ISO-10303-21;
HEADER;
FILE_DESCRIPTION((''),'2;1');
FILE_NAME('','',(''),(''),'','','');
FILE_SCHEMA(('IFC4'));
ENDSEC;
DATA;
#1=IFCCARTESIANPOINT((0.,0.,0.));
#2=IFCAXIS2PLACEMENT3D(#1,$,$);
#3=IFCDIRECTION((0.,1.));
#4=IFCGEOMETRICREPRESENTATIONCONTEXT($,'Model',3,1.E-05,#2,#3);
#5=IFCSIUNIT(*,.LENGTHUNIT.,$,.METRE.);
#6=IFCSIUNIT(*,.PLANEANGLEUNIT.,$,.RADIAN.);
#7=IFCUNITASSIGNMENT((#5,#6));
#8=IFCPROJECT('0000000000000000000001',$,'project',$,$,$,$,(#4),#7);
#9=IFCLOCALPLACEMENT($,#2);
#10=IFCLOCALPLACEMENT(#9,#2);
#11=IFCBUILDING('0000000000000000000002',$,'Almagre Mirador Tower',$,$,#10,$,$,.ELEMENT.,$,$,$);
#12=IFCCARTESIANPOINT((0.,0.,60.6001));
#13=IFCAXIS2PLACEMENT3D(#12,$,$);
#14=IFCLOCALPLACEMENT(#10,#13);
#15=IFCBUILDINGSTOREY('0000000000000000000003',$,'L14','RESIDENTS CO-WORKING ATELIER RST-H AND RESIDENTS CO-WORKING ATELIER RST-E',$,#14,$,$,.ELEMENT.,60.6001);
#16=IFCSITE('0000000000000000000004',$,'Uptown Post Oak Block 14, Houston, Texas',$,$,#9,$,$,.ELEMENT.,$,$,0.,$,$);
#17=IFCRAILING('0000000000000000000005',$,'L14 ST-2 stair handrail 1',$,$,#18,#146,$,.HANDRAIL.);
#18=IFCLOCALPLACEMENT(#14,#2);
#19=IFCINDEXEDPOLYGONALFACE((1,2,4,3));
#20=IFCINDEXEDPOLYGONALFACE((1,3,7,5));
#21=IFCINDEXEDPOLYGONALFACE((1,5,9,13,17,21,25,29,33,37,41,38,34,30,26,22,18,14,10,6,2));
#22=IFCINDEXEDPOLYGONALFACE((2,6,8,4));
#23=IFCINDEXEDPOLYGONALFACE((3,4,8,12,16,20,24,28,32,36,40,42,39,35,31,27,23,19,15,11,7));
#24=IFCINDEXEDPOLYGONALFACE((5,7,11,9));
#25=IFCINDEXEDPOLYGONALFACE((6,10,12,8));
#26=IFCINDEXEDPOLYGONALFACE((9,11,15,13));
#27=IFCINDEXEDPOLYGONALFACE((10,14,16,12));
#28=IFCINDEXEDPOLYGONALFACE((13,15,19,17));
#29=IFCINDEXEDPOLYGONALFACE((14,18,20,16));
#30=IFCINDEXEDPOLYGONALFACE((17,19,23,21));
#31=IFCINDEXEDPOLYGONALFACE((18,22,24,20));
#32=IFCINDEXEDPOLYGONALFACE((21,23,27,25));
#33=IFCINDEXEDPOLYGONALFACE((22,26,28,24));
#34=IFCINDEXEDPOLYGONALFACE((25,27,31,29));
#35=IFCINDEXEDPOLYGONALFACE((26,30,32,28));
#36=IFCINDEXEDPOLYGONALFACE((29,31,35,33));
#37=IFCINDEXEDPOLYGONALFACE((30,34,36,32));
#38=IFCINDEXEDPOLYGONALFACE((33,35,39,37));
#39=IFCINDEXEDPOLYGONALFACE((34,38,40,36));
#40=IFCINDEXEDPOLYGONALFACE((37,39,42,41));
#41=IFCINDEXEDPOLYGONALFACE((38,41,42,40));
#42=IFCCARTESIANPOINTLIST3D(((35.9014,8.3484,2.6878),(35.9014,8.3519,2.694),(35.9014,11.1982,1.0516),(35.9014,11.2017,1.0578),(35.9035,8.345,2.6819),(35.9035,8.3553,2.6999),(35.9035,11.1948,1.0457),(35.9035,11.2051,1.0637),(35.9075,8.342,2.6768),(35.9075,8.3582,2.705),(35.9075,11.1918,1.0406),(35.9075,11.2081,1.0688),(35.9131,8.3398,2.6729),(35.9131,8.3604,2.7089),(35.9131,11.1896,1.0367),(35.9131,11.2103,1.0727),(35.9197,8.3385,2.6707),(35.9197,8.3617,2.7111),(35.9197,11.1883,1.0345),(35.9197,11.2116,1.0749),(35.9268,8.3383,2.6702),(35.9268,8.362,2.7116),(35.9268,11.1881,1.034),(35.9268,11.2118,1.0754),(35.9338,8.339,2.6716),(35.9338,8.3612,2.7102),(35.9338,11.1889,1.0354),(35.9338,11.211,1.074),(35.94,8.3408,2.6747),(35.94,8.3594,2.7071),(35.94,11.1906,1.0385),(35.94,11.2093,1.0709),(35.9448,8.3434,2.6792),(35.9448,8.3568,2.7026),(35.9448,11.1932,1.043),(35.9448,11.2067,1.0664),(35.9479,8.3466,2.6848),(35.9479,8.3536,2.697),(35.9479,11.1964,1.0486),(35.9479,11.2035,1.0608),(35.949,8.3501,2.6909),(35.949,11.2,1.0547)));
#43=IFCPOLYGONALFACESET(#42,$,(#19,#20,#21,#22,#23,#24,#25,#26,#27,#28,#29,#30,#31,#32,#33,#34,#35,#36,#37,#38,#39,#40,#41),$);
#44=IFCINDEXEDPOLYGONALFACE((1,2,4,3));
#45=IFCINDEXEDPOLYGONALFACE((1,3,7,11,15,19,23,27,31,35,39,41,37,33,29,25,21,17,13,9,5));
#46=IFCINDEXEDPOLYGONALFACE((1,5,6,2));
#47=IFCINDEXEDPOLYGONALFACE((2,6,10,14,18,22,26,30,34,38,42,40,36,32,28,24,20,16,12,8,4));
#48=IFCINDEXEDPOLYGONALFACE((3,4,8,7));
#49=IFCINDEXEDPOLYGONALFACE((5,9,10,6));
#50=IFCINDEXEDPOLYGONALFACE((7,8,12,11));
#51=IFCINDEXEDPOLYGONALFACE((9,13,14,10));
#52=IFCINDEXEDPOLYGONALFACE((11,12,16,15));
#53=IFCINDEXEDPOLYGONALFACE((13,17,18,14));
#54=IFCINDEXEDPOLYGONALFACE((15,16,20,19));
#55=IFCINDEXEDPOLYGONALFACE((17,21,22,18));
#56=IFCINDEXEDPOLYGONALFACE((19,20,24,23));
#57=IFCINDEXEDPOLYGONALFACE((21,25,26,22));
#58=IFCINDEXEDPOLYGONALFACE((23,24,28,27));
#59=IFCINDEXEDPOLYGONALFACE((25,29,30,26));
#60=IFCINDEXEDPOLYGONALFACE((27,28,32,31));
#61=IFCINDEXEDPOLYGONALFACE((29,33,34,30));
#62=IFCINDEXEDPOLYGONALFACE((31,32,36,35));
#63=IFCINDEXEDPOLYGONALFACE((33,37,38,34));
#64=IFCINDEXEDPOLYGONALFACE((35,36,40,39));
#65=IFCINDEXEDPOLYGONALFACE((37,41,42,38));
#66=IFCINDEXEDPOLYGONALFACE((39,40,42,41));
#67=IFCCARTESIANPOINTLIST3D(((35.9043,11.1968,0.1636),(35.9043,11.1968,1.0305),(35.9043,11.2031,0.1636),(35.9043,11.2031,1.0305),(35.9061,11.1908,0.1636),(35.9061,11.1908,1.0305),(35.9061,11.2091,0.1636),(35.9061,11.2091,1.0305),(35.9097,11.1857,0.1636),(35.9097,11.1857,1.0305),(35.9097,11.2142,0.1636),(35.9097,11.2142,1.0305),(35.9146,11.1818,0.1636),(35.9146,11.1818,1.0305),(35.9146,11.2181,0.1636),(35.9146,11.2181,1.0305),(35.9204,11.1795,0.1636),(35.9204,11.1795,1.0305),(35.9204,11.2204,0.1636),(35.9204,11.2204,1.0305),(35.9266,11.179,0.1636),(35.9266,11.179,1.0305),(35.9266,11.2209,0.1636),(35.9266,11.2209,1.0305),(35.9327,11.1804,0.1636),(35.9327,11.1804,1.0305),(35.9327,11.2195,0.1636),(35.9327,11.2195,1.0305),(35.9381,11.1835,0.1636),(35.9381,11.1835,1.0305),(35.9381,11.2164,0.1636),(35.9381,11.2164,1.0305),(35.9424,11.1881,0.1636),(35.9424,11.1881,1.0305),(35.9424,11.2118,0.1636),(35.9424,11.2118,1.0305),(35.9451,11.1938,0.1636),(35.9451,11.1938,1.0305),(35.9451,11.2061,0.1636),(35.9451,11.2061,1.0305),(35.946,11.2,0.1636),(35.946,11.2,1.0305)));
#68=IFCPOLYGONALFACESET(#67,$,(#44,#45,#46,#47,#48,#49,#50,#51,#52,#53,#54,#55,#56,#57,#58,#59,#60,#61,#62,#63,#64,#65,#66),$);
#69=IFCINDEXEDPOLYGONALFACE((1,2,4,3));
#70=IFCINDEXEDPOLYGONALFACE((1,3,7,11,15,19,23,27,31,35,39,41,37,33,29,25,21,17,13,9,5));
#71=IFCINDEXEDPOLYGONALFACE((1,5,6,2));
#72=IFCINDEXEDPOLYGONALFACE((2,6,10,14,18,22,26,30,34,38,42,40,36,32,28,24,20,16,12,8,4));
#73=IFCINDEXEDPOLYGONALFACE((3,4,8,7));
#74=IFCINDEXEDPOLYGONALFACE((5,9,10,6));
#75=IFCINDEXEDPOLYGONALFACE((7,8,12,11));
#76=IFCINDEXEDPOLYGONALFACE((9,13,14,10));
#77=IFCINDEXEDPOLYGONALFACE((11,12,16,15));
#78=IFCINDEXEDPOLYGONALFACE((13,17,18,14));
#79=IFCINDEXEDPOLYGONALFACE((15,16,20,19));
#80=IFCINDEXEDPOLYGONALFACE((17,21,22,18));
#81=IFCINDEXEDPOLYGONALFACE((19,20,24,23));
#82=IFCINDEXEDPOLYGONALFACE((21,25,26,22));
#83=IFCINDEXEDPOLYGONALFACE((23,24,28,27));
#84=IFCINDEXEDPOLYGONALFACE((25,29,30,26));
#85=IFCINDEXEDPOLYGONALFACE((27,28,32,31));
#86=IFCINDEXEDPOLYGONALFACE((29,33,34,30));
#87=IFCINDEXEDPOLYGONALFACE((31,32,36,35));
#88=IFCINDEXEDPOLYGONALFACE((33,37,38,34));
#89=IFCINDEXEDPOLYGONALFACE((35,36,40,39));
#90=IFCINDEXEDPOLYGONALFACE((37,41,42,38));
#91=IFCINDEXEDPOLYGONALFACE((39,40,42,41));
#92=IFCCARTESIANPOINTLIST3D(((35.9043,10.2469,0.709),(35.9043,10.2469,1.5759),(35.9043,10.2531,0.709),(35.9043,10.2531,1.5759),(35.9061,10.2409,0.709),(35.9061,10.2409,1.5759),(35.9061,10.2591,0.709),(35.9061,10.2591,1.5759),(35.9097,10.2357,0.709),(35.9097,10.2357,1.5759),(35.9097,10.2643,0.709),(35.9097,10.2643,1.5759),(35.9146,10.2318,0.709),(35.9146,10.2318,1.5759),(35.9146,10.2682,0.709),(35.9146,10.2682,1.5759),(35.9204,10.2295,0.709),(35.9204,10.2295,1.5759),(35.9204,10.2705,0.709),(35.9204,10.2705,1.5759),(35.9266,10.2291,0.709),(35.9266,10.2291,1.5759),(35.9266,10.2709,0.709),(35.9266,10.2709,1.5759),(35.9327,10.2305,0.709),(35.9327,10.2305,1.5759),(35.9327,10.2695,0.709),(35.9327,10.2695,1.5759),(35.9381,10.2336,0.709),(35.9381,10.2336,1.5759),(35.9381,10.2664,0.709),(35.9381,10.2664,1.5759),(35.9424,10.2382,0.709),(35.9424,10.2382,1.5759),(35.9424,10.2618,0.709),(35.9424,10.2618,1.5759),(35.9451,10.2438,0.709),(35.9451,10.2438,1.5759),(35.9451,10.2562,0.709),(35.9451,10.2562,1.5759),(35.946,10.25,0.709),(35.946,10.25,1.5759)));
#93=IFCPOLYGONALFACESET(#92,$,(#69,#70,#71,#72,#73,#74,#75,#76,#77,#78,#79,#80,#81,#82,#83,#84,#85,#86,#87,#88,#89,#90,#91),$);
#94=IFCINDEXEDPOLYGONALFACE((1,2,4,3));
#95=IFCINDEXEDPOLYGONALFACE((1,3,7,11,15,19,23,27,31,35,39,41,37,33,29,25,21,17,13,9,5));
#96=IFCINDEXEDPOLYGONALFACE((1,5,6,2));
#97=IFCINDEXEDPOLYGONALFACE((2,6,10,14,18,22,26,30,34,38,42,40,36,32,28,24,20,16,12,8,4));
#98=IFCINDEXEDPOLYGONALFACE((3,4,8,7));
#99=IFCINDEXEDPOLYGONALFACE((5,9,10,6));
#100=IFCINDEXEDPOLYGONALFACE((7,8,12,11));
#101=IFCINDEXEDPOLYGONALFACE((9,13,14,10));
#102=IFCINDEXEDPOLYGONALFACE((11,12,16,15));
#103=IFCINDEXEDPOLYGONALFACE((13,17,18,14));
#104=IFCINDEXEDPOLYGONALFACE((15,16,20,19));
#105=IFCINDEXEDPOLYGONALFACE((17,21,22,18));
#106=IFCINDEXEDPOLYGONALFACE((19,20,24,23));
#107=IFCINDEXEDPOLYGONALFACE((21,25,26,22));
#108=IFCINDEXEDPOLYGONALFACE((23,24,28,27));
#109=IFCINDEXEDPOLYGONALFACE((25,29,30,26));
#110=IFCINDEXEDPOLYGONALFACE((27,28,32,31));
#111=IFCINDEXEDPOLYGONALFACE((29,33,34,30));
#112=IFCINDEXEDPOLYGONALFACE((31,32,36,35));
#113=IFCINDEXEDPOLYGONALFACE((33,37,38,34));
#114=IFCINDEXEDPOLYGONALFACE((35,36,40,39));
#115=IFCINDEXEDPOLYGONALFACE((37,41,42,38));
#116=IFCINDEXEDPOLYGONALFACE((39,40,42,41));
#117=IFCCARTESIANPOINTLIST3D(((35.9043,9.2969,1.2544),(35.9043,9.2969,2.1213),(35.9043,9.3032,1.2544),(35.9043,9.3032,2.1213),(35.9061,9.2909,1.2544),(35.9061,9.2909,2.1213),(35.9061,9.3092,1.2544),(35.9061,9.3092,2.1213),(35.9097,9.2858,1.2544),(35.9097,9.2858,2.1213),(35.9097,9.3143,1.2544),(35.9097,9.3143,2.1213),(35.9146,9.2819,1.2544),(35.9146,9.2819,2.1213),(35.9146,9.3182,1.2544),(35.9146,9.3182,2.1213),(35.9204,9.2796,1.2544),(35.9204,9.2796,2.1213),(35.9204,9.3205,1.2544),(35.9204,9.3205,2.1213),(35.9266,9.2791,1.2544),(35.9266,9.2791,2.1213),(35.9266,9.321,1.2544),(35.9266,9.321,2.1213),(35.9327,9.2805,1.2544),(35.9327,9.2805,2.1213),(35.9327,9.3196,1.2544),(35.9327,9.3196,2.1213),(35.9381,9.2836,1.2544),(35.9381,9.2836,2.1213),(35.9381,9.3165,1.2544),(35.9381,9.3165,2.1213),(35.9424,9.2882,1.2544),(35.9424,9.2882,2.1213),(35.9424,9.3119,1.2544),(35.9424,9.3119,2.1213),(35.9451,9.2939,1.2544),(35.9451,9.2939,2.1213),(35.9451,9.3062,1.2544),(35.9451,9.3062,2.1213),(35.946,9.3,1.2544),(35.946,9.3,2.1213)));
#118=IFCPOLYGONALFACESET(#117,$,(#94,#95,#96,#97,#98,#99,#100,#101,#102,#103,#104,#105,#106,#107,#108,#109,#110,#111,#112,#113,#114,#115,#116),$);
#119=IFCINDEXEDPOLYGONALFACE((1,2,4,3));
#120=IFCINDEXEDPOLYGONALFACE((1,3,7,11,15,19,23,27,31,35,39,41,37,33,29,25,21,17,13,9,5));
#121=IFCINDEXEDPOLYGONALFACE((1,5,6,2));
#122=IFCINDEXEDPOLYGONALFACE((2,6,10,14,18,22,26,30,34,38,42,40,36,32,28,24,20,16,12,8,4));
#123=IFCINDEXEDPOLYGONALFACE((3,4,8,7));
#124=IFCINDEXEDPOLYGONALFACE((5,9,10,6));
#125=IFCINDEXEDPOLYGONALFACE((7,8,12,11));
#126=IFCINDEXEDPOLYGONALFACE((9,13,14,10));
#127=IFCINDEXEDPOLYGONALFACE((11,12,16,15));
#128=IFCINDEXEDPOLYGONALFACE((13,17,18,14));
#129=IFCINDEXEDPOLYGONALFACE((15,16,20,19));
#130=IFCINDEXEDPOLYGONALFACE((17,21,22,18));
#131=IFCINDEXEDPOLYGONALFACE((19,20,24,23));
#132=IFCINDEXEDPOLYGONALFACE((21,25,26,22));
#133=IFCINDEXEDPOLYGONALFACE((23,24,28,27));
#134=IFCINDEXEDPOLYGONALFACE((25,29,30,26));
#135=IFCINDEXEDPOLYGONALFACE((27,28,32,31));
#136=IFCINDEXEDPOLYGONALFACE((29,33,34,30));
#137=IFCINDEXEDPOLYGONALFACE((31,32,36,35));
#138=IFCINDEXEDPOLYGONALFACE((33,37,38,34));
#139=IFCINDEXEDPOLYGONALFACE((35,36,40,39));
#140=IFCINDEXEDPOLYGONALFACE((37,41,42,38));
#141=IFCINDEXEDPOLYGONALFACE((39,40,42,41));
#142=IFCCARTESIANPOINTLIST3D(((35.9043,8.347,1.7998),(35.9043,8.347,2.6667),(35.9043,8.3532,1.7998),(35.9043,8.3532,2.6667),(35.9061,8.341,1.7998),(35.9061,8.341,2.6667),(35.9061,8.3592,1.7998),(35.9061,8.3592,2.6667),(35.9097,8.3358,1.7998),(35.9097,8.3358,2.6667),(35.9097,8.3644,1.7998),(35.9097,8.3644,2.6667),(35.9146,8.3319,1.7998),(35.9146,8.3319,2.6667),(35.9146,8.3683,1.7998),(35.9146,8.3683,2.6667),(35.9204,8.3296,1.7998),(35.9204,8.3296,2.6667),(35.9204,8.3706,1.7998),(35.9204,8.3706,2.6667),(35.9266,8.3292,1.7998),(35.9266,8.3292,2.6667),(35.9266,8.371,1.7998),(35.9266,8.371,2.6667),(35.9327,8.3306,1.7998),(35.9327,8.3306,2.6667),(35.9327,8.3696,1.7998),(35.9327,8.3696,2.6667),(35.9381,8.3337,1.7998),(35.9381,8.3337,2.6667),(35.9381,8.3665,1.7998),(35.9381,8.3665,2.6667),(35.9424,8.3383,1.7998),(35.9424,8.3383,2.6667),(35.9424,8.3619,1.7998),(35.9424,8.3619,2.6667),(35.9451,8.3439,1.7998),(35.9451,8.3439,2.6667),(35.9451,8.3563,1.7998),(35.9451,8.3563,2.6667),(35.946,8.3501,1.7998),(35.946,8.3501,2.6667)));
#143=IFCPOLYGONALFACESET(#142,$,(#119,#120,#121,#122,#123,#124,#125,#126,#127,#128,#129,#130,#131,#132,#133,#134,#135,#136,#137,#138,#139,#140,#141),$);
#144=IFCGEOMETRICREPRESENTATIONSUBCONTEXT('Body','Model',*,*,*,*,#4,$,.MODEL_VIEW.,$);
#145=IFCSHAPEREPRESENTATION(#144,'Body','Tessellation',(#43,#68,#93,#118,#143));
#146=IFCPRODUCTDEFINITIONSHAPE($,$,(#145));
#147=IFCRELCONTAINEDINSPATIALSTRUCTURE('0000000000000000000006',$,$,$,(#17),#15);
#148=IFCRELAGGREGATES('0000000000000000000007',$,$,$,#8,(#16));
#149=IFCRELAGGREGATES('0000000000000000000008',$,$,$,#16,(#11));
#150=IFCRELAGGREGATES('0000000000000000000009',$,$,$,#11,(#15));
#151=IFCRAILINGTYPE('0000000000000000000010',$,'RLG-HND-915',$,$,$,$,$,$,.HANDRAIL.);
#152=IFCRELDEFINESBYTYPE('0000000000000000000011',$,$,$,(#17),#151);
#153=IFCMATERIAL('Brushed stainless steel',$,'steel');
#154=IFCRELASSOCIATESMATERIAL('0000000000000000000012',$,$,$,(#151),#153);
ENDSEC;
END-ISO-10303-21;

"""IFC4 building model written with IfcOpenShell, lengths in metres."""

from ifc_helpers import new_model, si_unit, direction, frame, origin, origin_2d, place, context, subcontext, project, spatial, circle, extrude, material, type_object, element, save


model = new_model("IFC4")

# Units and contexts
model_context = context("Model", 3, precision=1e-05, world=origin(), true_north=direction((0.0, 1.0)))
body_context = subcontext(model_context, "Body", "Model", "MODEL_VIEW")
ifc_project = project(units=[si_unit("LENGTHUNIT", "METRE"), si_unit("PLANEANGLEUNIT", "RADIAN")], contexts=[model_context])

# Site, building, storey
site_placement = place(None, origin())
site = spatial("IfcSite", under=ifc_project, at=site_placement, Name="Uptown Post Oak Block 14, Houston, Texas", CompositionType="ELEMENT", RefElevation=0.0)
building_placement = place(site_placement, origin())
building = spatial("IfcBuilding", under=site, at=building_placement, Name="Almagre Mirador Tower", CompositionType="ELEMENT")
storey_placement = place(building_placement, frame((0.0, 0.0, 60.6001)))
storey = spatial("IfcBuildingStorey", under=building, at=storey_placement, Name="L14", Description="RESIDENTS CO-WORKING ATELIER RST-H AND RESIDENTS CO-WORKING ATELIER RST-E", CompositionType="ELEMENT", Elevation=60.6001)

# Railing
ifc_material_1 = material(Name="Brushed stainless steel", Category="steel")
railing_type_1 = type_object("IfcRailingType", Name="RLG-HND-915", PredefinedType="HANDRAIL", material=ifc_material_1)
railing_1_placement = place(storey_placement, frame((35.925, 11.2, 0.1636)))
element("IfcRailing", 1, at=railing_1_placement, inside=storey, type_object=railing_type_1, Name="L14 ST-2 stair handrail 1", PredefinedType="HANDRAIL", context=body_context, shape_type="SweptSolid", body=[
    extrude(circle(Radius=0.0239, at=origin_2d()), frame((0.0, 0.0, 0.8911), z_axis=(0.0, -0.867226, 0.497914), x_axis=(1.0, 0.0, 0.0)), (0.0, 0.0, 1.0), 3.2861),
    extrude(circle(Radius=0.021, at=origin_2d()), origin(), (0.0, 0.0, 1.0), 0.8669),
    extrude(circle(Radius=0.021, at=origin_2d()), frame((0.0, -0.95, 0.5454)), (0.0, 0.0, 1.0), 0.8669),
    extrude(circle(Radius=0.021, at=origin_2d()), frame((0.0, -1.8999, 1.0908)), (0.0, 0.0, 1.0), 0.8669),
    extrude(circle(Radius=0.021, at=origin_2d()), frame((0.0, -2.8499, 1.6362)), (0.0, 0.0, 1.0), 0.8669),
])

save(model, "model.ifc")
